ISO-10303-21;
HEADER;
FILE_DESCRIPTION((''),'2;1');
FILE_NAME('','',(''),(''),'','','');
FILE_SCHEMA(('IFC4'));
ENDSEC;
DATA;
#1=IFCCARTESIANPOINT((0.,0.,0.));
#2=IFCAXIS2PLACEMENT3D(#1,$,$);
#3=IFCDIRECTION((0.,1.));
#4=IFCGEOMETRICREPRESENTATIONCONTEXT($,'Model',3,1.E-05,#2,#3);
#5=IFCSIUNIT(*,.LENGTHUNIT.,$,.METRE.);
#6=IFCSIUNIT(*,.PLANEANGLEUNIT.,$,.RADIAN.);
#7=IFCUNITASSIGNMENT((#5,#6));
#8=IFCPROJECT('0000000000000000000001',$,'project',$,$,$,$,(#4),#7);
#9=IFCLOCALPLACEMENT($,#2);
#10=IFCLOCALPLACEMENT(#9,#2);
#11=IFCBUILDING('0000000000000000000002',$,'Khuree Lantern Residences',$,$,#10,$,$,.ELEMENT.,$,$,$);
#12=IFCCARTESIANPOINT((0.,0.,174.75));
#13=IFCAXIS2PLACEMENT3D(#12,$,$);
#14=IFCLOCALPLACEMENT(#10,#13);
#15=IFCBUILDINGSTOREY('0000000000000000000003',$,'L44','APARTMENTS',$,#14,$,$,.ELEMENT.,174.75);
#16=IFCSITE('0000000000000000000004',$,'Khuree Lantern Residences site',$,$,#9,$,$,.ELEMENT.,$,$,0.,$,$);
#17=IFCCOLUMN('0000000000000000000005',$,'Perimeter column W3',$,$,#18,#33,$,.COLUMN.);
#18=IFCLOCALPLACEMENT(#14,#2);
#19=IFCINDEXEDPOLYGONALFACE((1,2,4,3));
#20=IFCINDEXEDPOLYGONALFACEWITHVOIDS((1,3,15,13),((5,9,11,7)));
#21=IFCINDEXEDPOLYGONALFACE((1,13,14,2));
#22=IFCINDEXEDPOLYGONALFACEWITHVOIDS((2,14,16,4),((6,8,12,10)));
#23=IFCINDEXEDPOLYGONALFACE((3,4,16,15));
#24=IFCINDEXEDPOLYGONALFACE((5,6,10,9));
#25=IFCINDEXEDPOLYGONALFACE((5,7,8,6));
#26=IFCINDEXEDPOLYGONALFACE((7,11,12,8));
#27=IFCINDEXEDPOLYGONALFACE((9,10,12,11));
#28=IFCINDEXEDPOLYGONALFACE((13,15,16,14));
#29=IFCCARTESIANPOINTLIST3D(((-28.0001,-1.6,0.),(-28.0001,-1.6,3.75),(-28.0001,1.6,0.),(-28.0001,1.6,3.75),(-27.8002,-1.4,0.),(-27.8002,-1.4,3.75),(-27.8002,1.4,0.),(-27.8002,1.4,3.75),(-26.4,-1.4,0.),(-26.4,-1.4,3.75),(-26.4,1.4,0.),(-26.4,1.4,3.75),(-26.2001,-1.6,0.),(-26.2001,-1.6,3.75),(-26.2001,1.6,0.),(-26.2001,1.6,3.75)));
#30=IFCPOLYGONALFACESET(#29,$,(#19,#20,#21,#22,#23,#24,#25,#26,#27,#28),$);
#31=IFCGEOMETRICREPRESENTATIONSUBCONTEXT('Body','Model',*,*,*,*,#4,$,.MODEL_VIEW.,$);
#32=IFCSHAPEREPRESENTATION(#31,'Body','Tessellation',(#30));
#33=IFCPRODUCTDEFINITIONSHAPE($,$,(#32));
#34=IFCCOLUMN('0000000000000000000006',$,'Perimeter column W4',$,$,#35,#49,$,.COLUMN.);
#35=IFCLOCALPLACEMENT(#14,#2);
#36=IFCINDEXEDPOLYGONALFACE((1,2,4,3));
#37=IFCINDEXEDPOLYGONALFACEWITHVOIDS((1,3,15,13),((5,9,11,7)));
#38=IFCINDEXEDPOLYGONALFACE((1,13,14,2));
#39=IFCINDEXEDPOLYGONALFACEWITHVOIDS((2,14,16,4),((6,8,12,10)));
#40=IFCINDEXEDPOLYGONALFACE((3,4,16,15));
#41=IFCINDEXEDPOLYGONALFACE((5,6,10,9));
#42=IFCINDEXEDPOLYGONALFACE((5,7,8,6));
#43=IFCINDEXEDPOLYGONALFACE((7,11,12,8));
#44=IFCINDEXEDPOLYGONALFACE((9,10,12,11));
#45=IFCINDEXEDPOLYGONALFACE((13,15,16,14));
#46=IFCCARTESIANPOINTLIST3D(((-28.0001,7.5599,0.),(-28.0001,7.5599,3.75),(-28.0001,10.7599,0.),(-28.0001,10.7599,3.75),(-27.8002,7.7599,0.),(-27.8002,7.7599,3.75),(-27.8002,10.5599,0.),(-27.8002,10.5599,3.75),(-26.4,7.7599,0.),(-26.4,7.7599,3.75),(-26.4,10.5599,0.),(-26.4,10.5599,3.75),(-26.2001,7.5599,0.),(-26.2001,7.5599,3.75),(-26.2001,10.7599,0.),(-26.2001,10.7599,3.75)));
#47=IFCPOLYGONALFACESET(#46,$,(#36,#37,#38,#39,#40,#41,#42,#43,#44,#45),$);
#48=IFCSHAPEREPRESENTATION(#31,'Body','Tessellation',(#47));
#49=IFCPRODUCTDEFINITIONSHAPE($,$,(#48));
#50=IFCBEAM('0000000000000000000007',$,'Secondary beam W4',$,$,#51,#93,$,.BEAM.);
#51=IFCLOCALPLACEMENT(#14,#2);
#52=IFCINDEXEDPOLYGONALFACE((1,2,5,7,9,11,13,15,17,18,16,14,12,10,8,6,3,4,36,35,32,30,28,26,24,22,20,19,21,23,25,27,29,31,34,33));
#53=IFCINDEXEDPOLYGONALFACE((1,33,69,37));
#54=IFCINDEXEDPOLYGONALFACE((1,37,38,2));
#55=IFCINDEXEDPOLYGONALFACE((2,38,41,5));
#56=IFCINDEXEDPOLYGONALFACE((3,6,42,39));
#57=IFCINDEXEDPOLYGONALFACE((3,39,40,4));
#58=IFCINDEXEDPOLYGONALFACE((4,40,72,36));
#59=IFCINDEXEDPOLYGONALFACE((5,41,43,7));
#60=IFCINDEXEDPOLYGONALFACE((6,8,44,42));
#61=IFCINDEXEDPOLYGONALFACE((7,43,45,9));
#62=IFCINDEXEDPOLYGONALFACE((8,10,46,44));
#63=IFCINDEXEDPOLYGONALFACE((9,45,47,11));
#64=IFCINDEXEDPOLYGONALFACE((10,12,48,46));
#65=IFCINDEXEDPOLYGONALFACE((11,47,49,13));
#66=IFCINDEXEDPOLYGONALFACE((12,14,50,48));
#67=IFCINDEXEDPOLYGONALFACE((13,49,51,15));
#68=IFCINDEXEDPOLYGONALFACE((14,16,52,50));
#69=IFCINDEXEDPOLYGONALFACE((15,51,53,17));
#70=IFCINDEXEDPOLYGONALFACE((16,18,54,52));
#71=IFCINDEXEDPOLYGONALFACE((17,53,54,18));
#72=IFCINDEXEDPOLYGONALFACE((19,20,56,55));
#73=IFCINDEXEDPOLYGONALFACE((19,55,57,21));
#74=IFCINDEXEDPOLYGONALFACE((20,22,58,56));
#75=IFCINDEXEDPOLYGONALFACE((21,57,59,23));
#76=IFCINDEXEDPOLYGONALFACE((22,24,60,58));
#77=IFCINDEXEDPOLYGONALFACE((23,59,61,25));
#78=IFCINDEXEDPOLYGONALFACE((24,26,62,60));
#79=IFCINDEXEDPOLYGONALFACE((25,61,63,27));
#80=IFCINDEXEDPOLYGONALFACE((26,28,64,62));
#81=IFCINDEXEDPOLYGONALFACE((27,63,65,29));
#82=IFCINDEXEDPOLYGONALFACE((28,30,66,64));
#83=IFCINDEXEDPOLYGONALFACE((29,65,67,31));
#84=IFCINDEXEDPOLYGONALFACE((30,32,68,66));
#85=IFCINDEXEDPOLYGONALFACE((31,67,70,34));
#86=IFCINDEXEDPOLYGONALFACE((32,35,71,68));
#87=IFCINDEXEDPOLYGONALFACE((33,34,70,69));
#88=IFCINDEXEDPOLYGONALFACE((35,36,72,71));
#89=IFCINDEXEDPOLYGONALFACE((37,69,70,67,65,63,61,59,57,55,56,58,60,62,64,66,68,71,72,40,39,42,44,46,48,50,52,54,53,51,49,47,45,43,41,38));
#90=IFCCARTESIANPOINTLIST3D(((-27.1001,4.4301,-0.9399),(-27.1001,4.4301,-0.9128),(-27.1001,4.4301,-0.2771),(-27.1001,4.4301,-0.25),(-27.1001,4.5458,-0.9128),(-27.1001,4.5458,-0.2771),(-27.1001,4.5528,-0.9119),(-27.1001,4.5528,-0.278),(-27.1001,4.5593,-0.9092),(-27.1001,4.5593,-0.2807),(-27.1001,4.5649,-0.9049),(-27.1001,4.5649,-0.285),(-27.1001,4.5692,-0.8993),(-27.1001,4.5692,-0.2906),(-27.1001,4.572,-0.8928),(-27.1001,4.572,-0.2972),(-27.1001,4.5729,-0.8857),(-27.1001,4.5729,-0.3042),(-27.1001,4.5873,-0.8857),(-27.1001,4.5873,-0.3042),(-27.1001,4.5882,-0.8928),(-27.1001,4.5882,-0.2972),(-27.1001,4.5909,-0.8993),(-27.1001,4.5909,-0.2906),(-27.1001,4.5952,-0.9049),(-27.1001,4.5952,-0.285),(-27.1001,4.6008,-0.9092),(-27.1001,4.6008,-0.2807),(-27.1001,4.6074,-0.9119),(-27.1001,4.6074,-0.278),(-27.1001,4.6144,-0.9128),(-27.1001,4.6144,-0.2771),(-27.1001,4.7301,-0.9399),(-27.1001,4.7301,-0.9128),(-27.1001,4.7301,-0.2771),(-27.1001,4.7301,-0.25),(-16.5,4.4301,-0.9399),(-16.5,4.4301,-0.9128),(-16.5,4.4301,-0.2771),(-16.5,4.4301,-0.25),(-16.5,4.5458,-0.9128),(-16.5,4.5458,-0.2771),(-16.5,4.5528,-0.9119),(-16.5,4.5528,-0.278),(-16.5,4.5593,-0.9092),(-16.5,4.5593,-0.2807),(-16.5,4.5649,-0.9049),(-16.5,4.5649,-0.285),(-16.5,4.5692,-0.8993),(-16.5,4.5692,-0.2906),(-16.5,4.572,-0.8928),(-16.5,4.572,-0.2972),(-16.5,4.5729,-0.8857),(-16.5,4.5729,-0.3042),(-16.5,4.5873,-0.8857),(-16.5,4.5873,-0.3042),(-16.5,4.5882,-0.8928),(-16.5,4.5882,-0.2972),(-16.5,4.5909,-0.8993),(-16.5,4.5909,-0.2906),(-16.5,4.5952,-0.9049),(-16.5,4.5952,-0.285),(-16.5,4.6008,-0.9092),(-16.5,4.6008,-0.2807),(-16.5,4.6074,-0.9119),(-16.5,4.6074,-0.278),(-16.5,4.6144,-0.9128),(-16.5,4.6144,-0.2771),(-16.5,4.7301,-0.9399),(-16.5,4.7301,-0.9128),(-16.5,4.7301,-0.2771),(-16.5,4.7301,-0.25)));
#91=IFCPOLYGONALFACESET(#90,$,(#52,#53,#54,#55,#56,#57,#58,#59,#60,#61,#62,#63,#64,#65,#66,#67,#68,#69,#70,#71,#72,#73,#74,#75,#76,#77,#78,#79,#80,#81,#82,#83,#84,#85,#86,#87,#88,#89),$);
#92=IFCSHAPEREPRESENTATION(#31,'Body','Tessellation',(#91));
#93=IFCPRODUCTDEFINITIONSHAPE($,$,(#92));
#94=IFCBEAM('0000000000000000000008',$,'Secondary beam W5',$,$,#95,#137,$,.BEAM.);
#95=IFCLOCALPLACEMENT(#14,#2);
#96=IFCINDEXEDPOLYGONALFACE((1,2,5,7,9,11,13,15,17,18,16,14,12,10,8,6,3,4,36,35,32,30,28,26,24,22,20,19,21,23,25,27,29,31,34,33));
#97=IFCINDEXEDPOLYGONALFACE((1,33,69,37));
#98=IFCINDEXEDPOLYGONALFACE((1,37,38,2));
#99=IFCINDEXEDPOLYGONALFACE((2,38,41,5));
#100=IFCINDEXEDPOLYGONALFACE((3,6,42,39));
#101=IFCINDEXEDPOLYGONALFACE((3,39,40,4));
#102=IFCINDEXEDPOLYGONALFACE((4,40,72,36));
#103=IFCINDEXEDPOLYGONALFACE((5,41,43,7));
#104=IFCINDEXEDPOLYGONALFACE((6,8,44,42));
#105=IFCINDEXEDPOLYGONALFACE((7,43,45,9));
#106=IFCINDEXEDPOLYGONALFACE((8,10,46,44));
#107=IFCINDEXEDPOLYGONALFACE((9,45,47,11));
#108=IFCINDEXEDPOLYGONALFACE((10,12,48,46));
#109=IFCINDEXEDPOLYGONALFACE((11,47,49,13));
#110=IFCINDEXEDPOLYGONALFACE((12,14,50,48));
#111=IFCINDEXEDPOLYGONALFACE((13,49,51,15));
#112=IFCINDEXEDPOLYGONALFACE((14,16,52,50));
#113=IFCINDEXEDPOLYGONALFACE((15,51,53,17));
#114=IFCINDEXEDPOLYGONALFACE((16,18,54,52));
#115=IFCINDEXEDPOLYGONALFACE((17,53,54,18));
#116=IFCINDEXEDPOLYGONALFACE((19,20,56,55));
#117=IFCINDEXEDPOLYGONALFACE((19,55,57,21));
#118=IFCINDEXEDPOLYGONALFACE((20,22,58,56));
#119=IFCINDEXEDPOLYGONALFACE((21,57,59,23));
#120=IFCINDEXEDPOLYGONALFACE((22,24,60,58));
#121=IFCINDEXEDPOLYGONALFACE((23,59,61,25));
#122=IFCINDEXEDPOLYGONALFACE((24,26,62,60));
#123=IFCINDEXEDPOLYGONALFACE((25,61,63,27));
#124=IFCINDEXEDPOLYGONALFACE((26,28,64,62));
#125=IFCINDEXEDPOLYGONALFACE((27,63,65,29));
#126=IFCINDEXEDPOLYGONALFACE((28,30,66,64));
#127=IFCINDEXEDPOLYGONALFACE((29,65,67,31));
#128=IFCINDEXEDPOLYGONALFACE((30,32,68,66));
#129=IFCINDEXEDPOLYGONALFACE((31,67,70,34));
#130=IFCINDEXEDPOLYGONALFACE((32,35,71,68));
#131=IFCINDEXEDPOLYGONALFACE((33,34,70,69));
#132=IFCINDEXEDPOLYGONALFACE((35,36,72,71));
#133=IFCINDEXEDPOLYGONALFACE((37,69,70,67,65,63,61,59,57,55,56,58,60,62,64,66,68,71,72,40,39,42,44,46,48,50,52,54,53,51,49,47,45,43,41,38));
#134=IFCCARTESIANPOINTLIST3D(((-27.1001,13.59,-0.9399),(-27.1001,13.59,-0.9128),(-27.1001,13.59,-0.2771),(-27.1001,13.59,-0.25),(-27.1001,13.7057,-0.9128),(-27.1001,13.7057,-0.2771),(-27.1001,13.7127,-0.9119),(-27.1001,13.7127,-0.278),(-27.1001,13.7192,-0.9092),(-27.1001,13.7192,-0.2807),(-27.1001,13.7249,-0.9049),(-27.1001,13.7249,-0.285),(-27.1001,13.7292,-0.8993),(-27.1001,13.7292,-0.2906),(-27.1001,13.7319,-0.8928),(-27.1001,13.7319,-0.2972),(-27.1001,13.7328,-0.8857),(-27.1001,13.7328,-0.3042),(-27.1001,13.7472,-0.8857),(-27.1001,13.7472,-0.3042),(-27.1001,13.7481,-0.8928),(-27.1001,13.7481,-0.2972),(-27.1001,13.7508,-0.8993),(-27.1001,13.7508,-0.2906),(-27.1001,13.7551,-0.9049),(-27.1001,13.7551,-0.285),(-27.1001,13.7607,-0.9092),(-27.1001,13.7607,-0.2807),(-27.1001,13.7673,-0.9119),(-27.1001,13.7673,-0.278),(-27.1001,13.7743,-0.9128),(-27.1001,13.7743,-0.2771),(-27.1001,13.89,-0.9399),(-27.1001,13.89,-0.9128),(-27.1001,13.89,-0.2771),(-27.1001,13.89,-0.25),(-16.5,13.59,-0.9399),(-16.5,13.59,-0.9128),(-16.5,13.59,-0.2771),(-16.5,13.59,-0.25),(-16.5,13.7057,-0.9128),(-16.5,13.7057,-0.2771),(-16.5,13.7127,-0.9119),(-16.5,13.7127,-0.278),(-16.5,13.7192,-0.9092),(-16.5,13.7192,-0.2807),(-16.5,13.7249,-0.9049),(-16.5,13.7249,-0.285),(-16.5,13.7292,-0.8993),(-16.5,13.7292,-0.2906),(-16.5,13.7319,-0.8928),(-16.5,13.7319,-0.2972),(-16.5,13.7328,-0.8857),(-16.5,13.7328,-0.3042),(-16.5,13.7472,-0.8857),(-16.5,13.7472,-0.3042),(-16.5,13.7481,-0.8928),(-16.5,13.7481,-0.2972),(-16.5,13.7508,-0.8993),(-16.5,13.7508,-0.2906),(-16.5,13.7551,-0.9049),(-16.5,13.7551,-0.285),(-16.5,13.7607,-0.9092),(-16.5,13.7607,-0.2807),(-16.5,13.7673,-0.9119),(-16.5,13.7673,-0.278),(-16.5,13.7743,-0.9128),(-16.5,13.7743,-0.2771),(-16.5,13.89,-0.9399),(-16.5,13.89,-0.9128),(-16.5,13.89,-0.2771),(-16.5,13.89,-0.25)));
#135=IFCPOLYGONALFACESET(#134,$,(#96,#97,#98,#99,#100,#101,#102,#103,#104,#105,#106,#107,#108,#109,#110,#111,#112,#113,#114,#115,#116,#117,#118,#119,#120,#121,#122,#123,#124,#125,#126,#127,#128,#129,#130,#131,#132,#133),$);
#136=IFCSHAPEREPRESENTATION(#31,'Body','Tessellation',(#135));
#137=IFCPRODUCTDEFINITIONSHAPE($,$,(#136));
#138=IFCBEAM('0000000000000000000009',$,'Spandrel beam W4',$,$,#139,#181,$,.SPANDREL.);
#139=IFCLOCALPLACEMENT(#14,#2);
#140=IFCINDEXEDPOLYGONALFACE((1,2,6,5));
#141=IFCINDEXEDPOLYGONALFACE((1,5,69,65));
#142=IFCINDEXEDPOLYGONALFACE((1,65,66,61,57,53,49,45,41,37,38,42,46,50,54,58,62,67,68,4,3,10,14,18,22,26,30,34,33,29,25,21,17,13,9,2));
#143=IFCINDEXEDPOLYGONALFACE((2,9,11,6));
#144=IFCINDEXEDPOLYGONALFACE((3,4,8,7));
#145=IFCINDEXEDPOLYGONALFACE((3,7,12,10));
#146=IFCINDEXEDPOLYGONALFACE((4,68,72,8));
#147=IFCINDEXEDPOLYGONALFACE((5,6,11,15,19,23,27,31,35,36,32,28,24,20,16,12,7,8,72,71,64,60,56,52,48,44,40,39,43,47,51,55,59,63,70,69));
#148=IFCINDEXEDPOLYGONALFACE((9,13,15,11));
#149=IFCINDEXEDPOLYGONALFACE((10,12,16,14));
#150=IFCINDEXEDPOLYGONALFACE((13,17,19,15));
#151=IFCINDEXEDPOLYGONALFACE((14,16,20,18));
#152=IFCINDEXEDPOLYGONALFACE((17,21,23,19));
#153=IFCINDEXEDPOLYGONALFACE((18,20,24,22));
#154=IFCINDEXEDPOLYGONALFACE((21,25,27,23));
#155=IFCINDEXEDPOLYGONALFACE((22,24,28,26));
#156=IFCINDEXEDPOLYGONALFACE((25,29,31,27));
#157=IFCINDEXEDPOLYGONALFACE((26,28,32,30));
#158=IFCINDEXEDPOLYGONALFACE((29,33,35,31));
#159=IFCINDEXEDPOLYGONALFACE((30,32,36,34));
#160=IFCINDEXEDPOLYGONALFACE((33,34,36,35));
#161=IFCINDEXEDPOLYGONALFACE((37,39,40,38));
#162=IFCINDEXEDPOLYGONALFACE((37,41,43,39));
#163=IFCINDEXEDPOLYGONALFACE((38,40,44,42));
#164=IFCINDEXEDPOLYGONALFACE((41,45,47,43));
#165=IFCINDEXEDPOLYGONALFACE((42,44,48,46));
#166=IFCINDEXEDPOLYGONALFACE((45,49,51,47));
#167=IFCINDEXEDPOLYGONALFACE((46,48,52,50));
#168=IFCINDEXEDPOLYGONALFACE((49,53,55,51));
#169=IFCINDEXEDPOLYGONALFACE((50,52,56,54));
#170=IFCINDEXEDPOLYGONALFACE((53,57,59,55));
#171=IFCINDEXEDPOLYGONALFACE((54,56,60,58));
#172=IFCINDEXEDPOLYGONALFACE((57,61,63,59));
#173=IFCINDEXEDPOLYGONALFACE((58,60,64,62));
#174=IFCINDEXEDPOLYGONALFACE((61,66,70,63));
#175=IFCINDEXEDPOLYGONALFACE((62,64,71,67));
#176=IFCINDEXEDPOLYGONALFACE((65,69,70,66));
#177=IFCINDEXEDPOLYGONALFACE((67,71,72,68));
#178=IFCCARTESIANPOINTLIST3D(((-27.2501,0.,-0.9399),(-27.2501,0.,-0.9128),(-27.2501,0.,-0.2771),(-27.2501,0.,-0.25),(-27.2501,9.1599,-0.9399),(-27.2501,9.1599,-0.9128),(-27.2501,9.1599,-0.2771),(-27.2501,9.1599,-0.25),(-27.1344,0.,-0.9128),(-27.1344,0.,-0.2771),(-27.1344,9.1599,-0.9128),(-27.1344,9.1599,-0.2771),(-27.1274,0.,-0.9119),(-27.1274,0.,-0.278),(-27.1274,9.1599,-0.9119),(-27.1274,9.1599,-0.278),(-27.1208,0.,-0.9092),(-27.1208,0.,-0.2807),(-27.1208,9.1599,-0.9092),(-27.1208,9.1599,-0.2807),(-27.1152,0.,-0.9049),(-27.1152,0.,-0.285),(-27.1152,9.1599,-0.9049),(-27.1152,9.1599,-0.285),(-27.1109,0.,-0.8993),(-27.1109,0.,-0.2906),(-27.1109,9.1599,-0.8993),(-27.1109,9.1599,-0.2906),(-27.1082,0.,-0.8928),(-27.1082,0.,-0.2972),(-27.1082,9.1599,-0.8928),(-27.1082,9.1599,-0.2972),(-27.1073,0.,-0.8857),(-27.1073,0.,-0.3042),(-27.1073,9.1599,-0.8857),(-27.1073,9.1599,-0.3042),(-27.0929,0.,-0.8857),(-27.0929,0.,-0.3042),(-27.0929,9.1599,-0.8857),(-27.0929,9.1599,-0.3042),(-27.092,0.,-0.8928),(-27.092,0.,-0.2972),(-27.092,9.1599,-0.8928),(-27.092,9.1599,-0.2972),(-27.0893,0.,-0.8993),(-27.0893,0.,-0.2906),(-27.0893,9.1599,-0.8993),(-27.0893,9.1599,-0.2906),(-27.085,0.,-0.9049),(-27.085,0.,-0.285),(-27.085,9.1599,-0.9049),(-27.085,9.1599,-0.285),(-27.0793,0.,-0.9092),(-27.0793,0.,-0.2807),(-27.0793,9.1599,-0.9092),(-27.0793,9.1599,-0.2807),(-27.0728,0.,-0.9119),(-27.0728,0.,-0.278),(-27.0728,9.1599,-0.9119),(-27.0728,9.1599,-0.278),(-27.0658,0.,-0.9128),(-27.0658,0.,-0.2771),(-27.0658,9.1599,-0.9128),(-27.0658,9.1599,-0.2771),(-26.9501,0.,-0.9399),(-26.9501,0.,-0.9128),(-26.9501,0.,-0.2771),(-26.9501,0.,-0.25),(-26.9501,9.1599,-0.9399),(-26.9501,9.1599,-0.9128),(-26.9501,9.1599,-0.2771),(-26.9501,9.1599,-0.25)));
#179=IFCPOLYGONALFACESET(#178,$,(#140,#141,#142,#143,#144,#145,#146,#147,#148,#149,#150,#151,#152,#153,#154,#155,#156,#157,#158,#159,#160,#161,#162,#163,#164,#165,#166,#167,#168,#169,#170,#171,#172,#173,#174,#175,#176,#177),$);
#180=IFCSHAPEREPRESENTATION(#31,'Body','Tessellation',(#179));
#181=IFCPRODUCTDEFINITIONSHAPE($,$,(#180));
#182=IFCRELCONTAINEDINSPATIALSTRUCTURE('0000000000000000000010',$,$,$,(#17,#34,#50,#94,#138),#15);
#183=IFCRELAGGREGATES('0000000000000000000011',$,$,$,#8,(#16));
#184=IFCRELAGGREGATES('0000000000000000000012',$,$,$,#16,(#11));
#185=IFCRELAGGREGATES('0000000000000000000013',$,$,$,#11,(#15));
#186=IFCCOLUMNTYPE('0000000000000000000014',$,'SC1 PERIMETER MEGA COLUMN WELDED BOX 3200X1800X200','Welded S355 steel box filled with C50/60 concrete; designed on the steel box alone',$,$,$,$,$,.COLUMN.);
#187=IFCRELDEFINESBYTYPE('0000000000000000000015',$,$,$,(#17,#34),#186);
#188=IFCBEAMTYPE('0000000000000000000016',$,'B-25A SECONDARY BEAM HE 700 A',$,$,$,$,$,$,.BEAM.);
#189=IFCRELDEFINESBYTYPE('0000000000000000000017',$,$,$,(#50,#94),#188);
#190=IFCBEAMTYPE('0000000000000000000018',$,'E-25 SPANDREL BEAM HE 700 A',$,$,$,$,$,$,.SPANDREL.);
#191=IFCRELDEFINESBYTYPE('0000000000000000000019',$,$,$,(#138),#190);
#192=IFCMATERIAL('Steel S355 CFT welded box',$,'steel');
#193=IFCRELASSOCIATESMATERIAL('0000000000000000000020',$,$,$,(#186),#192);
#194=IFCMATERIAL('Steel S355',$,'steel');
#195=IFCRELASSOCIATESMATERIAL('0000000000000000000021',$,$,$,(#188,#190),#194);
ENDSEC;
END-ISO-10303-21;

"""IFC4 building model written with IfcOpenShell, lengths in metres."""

from ifc_helpers import new_model, si_unit, direction, frame, origin, origin_2d, place, context, subcontext, project, spatial, hollow_rectangle, i_section, extrude, material, material_profile, profile_set, type_object, element, save


model = new_model("IFC4")

# Units and contexts
model_context = context("Model", 3, precision=1e-05, world=origin(), true_north=direction((0.0, 1.0)))
body_context = subcontext(model_context, "Body", "Model", "MODEL_VIEW")
ifc_project = project(units=[si_unit("LENGTHUNIT", "METRE"), si_unit("PLANEANGLEUNIT", "RADIAN")], contexts=[model_context])

# Site, building, storey
site_placement = place(None, origin())
site = spatial("IfcSite", under=ifc_project, at=site_placement, Name="Khuree Lantern Residences site", CompositionType="ELEMENT", RefElevation=0.0)
building_placement = place(site_placement, origin())
building = spatial("IfcBuilding", under=site, at=building_placement, Name="Khuree Lantern Residences", CompositionType="ELEMENT")
storey_placement = place(building_placement, frame((0.0, 0.0, 174.75)))
storey = spatial("IfcBuildingStorey", under=building, at=storey_placement, Name="L44", Description="APARTMENTS", CompositionType="ELEMENT", Elevation=174.75)

# Columns
ifc_material_1 = material(Name="Steel S355 CFT welded box", Category="steel")
ifc_material_profile_1 = material_profile(ifc_material_1, hollow_rectangle(XDim=3.2, YDim=1.8, WallThickness=0.2, at=origin_2d()), Name="WELDED BOX 3200X1800X200")
ifc_profile_set_1 = profile_set([ifc_material_profile_1], Name="Steel S355 CFT welded box")
column_type = type_object("IfcColumnType", Name="SC1 PERIMETER MEGA COLUMN WELDED BOX 3200X1800X200", Description="Welded S355 steel box filled with C50/60 concrete; designed on the steel box alone", PredefinedType="COLUMN", material=ifc_profile_set_1)
for number, where, z_axis, x_axis, name in (
    (1, (-27.1001, 0.0, 0.0), (0.0, 0.0, 1.0), (0.0, 1.0, 0.0), "Perimeter column W3"),
    (2, (-27.1001, 9.1599, 0.0), (0.0, 0.0, 1.0), (0.0, 1.0, 0.0), "Perimeter column W4"),
):
    element("IfcColumn", number, at=place(storey_placement, frame(where, z_axis=z_axis, x_axis=x_axis)), inside=storey, type_object=column_type, Name=name, PredefinedType="COLUMN", context=body_context, shape_type="SweptSolid", body=[
        extrude(hollow_rectangle(XDim=3.2, YDim=1.8, WallThickness=0.2, at=origin_2d()), origin(), (0.0, 0.0, 1.0), 3.75),
    ])

# Beams
ifc_material_2 = material(Name="Steel S355", Category="steel")
ifc_material_profile_2 = material_profile(ifc_material_2, i_section(OverallWidth=0.3, OverallDepth=0.6899, WebThickness=0.0144, FlangeThickness=0.0271, FilletRadius=0.0271, at=origin_2d()), Name="HE 700 A")
ifc_profile_set_2 = profile_set([ifc_material_profile_2], Name="Steel S355")
beam_type_1 = type_object("IfcBeamType", Name="B-25A SECONDARY BEAM HE 700 A", PredefinedType="BEAM", material=ifc_profile_set_2)
for number, where, z_axis, x_axis, name in (
    (3, (-27.1001, 4.5801, -0.595), (1.0, 0.0, 0.0), (0.0, 1.0, 0.0), "Secondary beam W4"),
    (4, (-27.1001, 13.74, -0.595), (1.0, 0.0, 0.0), (0.0, 1.0, 0.0), "Secondary beam W5"),
):
    element("IfcBeam", number, at=place(storey_placement, frame(where, z_axis=z_axis, x_axis=x_axis)), inside=storey, type_object=beam_type_1, Name=name, PredefinedType="BEAM", context=body_context, shape_type="SweptSolid", body=[
        extrude(i_section(OverallWidth=0.3, OverallDepth=0.6899, WebThickness=0.0144, FlangeThickness=0.0271, FilletRadius=0.0271, at=origin_2d()), origin(), (0.0, 0.0, 1.0), 10.6001),
    ])
ifc_material_profile_3 = material_profile(ifc_material_2, i_section(OverallWidth=0.3, OverallDepth=0.6899, WebThickness=0.0144, FlangeThickness=0.0271, FilletRadius=0.0271, at=origin_2d()), Name="HE 700 A")
ifc_profile_set_3 = profile_set([ifc_material_profile_3], Name="Steel S355")
beam_type_2 = type_object("IfcBeamType", Name="E-25 SPANDREL BEAM HE 700 A", PredefinedType="SPANDREL", material=ifc_profile_set_3)
beam_1_placement = place(storey_placement, frame((-27.1001, 0.0, -0.595), z_axis=(0.0, 1.0, 0.0), x_axis=(-1.0, 0.0, 0.0)))
element("IfcBeam", 5, at=beam_1_placement, inside=storey, type_object=beam_type_2, Name="Spandrel beam W4", PredefinedType="SPANDREL", context=body_context, shape_type="SweptSolid", body=[
    extrude(i_section(OverallWidth=0.3, OverallDepth=0.6899, WebThickness=0.0144, FlangeThickness=0.0271, FilletRadius=0.0271, at=origin_2d()), origin(), (0.0, 0.0, 1.0), 9.1599),
])

save(model, "model.ifc")
